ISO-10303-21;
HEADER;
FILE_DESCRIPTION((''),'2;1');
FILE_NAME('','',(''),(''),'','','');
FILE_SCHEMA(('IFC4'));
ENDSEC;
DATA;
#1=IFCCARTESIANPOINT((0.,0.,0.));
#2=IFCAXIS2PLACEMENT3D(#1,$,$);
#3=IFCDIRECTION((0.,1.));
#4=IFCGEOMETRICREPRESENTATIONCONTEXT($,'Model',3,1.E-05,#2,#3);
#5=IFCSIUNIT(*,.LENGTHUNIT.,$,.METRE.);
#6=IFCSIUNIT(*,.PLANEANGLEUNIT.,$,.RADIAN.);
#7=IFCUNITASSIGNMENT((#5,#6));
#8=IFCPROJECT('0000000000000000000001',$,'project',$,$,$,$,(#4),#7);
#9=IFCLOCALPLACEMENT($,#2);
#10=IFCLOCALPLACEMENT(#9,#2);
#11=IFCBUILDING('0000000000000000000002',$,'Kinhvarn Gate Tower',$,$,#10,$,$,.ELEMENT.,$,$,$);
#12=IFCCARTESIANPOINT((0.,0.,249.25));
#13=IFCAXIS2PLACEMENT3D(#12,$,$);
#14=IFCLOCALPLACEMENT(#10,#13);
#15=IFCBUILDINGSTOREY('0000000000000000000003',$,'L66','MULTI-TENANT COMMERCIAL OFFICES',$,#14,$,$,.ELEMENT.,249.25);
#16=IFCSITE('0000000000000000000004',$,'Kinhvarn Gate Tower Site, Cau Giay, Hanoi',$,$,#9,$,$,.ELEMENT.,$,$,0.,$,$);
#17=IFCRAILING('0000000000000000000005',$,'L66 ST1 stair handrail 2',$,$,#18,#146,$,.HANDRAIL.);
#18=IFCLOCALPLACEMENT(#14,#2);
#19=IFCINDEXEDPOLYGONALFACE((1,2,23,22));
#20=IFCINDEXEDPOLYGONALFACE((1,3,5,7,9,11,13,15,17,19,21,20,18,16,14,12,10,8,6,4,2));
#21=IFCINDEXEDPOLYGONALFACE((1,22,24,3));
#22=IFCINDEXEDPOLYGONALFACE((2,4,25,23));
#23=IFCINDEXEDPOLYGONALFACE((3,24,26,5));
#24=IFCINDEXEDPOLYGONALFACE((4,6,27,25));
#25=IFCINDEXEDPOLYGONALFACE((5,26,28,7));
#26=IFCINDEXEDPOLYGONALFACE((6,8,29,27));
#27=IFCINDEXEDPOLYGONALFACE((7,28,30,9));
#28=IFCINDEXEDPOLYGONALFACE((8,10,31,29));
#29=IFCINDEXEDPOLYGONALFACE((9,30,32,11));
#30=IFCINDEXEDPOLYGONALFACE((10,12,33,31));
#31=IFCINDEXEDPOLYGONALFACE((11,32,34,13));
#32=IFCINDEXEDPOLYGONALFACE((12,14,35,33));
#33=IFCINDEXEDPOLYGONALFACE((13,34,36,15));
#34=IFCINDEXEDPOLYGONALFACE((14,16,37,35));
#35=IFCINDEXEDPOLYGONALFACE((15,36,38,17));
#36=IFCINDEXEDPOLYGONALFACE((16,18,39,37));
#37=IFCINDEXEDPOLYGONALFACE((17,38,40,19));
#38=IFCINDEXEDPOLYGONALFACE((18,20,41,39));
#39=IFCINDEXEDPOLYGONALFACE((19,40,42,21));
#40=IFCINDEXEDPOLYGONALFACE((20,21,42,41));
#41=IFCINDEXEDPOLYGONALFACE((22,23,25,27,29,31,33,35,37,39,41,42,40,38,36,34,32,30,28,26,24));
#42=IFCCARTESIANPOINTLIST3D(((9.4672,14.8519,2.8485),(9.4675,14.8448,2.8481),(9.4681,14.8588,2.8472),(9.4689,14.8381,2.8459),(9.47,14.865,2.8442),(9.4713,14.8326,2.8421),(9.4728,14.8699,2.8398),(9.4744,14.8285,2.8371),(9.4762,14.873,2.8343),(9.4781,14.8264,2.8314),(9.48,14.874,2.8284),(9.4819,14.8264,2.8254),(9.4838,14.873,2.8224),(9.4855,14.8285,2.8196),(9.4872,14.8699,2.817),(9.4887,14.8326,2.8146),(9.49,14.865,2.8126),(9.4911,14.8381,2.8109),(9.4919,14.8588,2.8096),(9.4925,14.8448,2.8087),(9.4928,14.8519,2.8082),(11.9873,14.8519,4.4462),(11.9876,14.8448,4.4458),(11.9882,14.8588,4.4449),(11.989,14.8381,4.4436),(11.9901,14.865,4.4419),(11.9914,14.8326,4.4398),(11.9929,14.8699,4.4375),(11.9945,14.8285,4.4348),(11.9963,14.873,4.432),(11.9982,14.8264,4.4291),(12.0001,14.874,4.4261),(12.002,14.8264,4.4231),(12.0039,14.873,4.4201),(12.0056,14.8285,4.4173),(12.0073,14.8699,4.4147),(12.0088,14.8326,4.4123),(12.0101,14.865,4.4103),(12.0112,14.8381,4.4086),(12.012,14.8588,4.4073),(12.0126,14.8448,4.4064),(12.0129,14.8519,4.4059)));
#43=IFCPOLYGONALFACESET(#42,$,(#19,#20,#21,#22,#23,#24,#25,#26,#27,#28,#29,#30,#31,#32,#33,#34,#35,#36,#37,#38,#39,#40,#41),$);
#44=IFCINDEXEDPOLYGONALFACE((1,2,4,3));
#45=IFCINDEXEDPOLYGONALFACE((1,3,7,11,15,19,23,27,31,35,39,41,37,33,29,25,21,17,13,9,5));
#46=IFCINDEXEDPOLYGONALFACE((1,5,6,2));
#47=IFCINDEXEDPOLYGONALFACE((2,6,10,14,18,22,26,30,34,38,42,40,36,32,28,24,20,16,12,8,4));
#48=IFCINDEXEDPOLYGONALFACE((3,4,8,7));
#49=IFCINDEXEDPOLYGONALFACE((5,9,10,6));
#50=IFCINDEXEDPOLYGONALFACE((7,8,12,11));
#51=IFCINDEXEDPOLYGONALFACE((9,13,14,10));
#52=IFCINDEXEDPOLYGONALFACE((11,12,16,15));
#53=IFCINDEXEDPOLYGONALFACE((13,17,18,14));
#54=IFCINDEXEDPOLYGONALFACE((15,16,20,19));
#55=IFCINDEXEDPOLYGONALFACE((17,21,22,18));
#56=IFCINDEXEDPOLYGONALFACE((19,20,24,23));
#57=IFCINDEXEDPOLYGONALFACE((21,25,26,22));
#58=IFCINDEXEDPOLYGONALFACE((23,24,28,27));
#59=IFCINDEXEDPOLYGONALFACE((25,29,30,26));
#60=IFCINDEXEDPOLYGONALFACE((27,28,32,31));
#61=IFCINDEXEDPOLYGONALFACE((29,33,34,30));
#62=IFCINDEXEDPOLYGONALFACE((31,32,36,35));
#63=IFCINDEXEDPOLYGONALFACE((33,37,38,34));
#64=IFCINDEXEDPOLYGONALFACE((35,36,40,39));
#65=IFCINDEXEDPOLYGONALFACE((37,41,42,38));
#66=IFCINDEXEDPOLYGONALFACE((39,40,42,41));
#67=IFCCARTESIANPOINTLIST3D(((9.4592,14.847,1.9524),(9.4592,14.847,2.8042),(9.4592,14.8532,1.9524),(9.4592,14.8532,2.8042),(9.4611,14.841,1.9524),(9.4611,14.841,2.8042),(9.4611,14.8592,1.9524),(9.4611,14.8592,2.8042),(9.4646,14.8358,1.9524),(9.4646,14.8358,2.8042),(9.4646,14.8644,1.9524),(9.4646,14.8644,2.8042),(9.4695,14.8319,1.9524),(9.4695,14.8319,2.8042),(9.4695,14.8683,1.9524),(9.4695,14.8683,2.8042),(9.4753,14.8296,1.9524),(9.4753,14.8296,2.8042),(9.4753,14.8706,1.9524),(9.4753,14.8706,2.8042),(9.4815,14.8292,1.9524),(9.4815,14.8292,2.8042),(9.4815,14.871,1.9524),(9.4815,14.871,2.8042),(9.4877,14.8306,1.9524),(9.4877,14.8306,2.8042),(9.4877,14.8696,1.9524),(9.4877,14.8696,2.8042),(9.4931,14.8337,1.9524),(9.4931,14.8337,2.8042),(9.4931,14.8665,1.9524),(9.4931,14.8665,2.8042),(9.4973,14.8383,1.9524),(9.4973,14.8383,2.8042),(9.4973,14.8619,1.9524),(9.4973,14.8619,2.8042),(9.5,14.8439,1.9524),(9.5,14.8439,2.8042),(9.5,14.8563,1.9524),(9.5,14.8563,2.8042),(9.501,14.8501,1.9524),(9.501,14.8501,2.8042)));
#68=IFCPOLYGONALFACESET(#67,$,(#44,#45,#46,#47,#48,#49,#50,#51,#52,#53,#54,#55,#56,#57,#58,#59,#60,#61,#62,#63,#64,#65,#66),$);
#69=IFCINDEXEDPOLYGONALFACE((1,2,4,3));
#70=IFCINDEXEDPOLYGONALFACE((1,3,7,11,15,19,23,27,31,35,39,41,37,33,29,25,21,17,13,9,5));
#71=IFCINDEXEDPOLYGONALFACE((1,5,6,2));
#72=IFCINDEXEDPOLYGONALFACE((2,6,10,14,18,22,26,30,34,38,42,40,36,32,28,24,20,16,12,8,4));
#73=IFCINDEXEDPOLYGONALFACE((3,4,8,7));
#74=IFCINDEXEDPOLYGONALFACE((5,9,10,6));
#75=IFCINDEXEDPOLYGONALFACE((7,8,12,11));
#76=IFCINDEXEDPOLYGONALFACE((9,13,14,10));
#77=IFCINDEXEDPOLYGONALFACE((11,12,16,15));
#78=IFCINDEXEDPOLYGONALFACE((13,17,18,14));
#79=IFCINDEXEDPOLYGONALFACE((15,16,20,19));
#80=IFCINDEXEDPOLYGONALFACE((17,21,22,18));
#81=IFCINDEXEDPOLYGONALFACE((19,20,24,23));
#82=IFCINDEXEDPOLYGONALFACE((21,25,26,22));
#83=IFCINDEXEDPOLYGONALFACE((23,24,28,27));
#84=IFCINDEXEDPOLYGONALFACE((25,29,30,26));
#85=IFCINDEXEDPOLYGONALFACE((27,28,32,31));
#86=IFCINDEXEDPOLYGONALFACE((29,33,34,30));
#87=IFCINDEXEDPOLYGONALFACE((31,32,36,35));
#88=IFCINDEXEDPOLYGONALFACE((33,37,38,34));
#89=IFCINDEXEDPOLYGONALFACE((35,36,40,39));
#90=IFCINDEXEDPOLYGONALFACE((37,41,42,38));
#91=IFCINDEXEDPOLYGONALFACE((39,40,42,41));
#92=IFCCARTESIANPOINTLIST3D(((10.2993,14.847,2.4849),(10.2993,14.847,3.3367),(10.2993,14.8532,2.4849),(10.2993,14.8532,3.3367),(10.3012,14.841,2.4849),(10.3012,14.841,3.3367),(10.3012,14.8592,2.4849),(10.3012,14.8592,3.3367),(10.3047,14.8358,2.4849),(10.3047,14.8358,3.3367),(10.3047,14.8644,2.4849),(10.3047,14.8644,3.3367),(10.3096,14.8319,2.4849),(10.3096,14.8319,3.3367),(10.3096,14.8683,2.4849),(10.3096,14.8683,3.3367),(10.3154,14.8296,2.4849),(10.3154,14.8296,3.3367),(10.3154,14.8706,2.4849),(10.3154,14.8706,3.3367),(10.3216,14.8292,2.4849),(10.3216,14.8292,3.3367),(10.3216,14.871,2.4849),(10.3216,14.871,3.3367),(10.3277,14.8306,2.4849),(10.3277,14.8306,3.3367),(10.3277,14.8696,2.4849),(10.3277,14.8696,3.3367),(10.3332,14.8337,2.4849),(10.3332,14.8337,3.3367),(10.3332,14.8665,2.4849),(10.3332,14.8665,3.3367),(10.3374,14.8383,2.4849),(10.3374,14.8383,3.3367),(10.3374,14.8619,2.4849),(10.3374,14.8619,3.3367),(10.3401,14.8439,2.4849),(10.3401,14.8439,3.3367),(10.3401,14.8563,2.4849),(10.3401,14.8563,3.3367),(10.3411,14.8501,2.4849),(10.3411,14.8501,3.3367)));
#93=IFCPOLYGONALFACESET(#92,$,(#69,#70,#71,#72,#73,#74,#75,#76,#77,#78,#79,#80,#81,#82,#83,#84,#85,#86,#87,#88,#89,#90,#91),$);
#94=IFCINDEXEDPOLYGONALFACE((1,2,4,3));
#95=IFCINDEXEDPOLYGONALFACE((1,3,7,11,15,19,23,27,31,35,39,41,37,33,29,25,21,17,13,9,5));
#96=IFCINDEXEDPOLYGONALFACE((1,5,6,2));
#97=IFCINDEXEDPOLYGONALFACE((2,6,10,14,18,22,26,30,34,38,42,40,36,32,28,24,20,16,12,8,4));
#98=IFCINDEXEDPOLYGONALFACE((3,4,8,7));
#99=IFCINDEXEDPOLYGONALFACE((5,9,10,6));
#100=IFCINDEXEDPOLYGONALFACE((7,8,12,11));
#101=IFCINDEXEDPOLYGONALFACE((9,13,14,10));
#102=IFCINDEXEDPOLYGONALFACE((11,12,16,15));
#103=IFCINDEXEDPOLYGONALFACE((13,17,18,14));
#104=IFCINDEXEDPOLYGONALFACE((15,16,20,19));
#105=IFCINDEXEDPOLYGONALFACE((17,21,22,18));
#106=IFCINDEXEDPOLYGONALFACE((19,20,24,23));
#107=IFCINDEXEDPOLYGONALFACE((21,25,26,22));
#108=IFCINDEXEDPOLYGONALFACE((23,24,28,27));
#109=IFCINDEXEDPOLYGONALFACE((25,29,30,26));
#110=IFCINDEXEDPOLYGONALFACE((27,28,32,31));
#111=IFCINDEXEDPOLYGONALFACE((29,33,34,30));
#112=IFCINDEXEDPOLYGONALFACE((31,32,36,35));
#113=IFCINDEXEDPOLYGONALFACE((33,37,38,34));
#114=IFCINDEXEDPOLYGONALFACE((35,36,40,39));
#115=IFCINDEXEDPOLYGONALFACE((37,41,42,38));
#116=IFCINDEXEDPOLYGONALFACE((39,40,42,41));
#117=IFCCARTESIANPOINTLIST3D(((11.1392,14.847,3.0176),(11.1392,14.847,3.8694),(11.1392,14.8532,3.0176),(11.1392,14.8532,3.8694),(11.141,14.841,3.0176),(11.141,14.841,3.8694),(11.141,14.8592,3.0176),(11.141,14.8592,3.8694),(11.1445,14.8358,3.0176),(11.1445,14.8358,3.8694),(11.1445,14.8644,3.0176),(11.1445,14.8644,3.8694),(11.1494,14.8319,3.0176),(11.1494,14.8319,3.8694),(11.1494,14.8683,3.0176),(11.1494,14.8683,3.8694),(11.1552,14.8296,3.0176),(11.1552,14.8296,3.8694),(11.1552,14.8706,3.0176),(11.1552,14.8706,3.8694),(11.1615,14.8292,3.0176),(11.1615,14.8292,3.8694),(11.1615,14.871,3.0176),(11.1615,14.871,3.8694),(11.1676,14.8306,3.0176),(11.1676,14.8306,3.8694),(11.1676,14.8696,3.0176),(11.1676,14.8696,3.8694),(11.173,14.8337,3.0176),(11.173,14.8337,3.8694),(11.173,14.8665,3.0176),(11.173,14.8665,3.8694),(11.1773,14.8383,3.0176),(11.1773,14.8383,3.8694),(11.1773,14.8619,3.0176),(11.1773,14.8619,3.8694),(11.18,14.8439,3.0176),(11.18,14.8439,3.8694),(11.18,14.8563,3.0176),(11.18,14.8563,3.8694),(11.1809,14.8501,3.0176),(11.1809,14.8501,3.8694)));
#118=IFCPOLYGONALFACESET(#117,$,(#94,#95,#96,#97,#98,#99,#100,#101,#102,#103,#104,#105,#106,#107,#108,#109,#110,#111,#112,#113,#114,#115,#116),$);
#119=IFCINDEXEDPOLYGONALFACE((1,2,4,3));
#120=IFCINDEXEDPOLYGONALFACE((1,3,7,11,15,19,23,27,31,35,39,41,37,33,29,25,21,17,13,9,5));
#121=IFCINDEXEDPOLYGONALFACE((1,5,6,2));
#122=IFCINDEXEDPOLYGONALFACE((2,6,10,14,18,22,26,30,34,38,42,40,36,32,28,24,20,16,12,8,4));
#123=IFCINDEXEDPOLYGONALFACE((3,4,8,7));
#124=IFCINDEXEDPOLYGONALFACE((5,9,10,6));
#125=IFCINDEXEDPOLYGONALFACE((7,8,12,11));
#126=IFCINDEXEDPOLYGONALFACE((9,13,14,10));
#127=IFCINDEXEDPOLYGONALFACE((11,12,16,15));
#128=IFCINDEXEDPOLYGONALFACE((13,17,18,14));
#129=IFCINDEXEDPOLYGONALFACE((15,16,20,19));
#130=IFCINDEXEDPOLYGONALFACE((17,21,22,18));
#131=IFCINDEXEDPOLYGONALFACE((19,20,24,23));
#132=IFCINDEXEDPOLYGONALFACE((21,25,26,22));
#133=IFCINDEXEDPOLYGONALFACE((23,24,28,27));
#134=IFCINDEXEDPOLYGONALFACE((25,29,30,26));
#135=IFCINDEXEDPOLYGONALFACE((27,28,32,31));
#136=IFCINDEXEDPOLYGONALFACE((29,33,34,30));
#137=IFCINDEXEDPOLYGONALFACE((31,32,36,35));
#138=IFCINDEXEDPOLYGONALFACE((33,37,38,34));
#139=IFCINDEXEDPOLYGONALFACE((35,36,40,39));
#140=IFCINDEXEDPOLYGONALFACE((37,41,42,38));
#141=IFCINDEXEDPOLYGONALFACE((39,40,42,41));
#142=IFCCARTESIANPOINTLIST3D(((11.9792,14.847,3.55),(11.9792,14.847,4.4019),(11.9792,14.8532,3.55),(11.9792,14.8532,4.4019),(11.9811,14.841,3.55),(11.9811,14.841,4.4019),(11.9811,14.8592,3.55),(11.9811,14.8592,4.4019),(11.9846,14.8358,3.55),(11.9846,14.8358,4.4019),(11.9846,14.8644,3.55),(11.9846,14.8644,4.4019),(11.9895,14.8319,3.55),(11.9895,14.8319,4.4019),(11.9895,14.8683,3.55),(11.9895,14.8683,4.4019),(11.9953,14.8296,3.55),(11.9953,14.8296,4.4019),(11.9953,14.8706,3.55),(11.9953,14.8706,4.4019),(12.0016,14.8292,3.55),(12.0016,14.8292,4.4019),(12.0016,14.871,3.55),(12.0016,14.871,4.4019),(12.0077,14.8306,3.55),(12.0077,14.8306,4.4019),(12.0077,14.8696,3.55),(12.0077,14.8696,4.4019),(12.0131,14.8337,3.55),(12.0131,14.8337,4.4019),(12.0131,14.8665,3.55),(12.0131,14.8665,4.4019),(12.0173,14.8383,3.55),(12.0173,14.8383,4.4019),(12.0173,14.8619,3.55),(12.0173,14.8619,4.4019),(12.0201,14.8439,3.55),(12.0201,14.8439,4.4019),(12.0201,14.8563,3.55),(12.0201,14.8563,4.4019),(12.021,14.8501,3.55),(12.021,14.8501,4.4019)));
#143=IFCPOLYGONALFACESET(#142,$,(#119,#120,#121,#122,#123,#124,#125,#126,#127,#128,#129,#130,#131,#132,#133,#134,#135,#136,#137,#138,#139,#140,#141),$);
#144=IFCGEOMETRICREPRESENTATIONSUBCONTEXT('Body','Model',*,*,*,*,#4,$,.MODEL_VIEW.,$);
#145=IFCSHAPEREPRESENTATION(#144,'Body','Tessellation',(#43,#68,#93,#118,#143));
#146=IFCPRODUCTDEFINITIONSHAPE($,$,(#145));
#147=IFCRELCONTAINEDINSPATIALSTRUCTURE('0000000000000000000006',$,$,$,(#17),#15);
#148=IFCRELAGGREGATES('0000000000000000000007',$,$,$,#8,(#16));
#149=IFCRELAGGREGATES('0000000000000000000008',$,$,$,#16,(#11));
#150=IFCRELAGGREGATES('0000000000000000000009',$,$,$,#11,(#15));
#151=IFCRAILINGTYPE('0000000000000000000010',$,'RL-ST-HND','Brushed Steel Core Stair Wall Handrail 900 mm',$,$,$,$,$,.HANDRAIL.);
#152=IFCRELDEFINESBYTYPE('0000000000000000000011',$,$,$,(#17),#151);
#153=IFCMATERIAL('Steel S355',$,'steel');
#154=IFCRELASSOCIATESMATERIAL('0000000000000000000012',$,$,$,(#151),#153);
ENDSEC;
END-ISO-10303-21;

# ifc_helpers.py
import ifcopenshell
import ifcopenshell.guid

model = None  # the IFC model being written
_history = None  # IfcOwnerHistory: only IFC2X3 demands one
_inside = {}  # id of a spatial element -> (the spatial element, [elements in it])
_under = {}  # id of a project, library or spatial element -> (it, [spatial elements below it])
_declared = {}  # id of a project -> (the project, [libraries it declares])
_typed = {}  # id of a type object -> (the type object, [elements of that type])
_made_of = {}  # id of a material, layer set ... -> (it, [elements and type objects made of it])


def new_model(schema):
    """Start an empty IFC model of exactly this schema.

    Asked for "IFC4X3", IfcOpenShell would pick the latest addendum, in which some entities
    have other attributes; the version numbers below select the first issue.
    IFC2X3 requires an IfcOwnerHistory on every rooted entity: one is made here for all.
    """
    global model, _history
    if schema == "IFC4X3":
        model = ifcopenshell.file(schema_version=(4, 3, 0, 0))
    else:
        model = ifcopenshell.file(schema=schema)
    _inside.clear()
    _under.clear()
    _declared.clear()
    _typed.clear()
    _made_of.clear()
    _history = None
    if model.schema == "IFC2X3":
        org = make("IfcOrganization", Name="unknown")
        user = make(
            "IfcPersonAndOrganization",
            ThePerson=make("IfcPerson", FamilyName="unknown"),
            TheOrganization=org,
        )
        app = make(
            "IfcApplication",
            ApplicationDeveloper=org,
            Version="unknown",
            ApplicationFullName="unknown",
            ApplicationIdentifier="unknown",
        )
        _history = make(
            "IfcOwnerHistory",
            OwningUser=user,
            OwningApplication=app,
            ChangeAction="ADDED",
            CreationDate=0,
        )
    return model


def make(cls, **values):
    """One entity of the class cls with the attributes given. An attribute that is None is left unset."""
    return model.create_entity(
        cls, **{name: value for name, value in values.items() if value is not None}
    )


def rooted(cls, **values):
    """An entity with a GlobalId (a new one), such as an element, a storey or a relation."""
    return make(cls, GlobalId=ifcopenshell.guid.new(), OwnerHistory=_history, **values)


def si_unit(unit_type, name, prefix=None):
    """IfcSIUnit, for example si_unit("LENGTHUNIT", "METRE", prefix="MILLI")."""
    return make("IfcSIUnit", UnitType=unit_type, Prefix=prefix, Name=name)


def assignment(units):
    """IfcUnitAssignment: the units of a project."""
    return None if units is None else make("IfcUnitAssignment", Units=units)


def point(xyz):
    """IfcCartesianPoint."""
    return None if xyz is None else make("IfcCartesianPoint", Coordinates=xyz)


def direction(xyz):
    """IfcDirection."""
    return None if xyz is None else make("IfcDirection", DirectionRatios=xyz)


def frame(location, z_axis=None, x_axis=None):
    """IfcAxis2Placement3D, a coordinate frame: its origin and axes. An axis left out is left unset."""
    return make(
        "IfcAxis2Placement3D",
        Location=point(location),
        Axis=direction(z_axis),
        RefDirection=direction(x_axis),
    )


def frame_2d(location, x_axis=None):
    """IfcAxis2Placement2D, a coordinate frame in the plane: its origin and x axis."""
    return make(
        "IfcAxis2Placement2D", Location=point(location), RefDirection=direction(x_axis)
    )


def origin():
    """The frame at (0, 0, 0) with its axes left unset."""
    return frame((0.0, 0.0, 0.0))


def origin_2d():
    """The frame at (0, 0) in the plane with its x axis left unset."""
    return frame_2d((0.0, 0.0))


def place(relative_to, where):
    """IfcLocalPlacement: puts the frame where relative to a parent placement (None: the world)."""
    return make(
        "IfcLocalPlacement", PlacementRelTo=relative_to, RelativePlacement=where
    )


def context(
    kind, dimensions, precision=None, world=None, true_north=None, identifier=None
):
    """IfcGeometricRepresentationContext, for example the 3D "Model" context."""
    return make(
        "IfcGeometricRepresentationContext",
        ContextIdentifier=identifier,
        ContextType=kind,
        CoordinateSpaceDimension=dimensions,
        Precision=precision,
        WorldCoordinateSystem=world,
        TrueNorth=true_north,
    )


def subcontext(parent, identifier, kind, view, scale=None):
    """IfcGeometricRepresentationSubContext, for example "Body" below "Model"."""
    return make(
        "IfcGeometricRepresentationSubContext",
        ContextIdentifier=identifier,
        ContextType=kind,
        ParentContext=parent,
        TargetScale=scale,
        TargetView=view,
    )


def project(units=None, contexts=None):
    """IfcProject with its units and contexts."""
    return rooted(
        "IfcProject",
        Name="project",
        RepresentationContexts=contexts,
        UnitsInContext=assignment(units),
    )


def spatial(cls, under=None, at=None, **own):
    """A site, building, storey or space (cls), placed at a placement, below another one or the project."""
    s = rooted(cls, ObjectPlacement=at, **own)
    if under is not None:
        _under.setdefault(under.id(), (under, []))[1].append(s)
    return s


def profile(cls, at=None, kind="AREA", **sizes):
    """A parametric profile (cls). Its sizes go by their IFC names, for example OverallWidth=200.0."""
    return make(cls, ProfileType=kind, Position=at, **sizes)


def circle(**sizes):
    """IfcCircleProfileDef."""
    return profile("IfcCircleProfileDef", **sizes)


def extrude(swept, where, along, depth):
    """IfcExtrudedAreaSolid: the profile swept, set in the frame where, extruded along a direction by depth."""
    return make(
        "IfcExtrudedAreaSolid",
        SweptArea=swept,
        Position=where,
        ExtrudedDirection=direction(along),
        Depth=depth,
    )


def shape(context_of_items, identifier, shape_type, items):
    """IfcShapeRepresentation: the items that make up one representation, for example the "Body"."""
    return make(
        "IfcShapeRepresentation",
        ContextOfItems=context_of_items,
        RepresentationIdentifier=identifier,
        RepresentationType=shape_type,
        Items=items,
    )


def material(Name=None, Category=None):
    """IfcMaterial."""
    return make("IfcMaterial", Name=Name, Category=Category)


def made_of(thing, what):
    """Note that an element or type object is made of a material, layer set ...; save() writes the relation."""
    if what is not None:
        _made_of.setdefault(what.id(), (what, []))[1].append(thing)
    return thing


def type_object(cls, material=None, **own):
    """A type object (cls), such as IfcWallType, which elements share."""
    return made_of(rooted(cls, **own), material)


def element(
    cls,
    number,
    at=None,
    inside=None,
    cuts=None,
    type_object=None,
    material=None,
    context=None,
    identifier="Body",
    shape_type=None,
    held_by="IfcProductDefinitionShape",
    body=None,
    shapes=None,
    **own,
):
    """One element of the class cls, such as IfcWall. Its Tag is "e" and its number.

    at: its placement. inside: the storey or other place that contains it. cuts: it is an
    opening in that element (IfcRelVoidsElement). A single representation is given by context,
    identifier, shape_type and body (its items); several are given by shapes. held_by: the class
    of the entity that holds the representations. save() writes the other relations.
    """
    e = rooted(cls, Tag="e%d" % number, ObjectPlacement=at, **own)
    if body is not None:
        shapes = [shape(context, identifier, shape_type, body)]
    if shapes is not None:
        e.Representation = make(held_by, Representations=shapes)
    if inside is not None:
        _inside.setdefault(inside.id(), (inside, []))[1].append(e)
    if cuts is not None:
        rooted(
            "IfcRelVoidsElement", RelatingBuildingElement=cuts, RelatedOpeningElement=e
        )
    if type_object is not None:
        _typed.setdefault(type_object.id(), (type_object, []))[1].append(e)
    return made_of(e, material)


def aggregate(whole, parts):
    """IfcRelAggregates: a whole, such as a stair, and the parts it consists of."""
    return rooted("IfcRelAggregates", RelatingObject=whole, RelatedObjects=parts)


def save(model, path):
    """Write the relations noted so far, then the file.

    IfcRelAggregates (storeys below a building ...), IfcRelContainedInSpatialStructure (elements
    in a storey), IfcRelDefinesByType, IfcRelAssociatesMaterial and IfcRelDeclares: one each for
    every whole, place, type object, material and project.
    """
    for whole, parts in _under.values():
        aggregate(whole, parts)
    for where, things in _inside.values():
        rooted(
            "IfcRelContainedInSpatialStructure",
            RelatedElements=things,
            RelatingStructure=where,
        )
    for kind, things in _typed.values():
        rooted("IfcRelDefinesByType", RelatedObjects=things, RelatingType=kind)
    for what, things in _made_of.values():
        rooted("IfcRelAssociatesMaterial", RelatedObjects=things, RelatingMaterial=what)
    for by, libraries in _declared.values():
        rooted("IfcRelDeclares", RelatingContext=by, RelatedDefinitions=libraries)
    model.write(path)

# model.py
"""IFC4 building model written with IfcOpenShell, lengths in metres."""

from ifc_helpers import new_model, si_unit, direction, frame, origin, origin_2d, place, context, subcontext, project, spatial, circle, extrude, material, type_object, element, save


model = new_model("IFC4")

# Units and contexts
model_context = context("Model", 3, precision=1e-05, world=origin(), true_north=direction((0.0, 1.0)))
body_context = subcontext(model_context, "Body", "Model", "MODEL_VIEW")
ifc_project = project(units=[si_unit("LENGTHUNIT", "METRE"), si_unit("PLANEANGLEUNIT", "RADIAN")], contexts=[model_context])

# Site, building, storey
site_placement = place(None, origin())
site = spatial("IfcSite", under=ifc_project, at=site_placement, Name="Kinhvarn Gate Tower Site, Cau Giay, Hanoi", CompositionType="ELEMENT", RefElevation=0.0)
building_placement = place(site_placement, origin())
building = spatial("IfcBuilding", under=site, at=building_placement, Name="Kinhvarn Gate Tower", CompositionType="ELEMENT")
storey_placement = place(building_placement, frame((0.0, 0.0, 249.25)))
storey = spatial("IfcBuildingStorey", under=building, at=storey_placement, Name="L66", Description="MULTI-TENANT COMMERCIAL OFFICES", CompositionType="ELEMENT", Elevation=249.25)

# Shared definitions
ifc_material_1 = material(Name="Steel S355", Category="steel")

# Railing
railing_type_1 = type_object("IfcRailingType", Name="RL-ST-HND", Description="Brushed Steel Core Stair Wall Handrail 900 mm", PredefinedType="HANDRAIL", material=ifc_material_1)
railing_1_placement = place(storey_placement, frame((9.48, 14.8501, 1.9524)))
element("IfcRailing", 1, at=railing_1_placement, inside=storey, type_object=railing_type_1, Name="L66 ST1 stair handrail 2", PredefinedType="HANDRAIL", context=body_context, shape_type="SweptSolid", body=[
    extrude(circle(Radius=0.0239, at=origin_2d()), frame((0.0, 0.0, 0.876), z_axis=(0.84457, 0.0, 0.535445), x_axis=(0.0, 1.0, 0.0)), (0.0, 0.0, 1.0), 2.9839),
    extrude(circle(Radius=0.021, at=origin_2d()), origin(), (0.0, 0.0, 1.0), 0.8518),
    extrude(circle(Radius=0.021, at=origin_2d()), frame((0.8401, 0.0, 0.5325)), (0.0, 0.0, 1.0), 0.8518),
    extrude(circle(Radius=0.021, at=origin_2d()), frame((1.6799, 0.0, 1.0652)), (0.0, 0.0, 1.0), 0.8518),
    extrude(circle(Radius=0.021, at=origin_2d()), frame((2.52, 0.0, 1.5977)), (0.0, 0.0, 1.0), 0.8518),
])

save(model, "model.ifc")
